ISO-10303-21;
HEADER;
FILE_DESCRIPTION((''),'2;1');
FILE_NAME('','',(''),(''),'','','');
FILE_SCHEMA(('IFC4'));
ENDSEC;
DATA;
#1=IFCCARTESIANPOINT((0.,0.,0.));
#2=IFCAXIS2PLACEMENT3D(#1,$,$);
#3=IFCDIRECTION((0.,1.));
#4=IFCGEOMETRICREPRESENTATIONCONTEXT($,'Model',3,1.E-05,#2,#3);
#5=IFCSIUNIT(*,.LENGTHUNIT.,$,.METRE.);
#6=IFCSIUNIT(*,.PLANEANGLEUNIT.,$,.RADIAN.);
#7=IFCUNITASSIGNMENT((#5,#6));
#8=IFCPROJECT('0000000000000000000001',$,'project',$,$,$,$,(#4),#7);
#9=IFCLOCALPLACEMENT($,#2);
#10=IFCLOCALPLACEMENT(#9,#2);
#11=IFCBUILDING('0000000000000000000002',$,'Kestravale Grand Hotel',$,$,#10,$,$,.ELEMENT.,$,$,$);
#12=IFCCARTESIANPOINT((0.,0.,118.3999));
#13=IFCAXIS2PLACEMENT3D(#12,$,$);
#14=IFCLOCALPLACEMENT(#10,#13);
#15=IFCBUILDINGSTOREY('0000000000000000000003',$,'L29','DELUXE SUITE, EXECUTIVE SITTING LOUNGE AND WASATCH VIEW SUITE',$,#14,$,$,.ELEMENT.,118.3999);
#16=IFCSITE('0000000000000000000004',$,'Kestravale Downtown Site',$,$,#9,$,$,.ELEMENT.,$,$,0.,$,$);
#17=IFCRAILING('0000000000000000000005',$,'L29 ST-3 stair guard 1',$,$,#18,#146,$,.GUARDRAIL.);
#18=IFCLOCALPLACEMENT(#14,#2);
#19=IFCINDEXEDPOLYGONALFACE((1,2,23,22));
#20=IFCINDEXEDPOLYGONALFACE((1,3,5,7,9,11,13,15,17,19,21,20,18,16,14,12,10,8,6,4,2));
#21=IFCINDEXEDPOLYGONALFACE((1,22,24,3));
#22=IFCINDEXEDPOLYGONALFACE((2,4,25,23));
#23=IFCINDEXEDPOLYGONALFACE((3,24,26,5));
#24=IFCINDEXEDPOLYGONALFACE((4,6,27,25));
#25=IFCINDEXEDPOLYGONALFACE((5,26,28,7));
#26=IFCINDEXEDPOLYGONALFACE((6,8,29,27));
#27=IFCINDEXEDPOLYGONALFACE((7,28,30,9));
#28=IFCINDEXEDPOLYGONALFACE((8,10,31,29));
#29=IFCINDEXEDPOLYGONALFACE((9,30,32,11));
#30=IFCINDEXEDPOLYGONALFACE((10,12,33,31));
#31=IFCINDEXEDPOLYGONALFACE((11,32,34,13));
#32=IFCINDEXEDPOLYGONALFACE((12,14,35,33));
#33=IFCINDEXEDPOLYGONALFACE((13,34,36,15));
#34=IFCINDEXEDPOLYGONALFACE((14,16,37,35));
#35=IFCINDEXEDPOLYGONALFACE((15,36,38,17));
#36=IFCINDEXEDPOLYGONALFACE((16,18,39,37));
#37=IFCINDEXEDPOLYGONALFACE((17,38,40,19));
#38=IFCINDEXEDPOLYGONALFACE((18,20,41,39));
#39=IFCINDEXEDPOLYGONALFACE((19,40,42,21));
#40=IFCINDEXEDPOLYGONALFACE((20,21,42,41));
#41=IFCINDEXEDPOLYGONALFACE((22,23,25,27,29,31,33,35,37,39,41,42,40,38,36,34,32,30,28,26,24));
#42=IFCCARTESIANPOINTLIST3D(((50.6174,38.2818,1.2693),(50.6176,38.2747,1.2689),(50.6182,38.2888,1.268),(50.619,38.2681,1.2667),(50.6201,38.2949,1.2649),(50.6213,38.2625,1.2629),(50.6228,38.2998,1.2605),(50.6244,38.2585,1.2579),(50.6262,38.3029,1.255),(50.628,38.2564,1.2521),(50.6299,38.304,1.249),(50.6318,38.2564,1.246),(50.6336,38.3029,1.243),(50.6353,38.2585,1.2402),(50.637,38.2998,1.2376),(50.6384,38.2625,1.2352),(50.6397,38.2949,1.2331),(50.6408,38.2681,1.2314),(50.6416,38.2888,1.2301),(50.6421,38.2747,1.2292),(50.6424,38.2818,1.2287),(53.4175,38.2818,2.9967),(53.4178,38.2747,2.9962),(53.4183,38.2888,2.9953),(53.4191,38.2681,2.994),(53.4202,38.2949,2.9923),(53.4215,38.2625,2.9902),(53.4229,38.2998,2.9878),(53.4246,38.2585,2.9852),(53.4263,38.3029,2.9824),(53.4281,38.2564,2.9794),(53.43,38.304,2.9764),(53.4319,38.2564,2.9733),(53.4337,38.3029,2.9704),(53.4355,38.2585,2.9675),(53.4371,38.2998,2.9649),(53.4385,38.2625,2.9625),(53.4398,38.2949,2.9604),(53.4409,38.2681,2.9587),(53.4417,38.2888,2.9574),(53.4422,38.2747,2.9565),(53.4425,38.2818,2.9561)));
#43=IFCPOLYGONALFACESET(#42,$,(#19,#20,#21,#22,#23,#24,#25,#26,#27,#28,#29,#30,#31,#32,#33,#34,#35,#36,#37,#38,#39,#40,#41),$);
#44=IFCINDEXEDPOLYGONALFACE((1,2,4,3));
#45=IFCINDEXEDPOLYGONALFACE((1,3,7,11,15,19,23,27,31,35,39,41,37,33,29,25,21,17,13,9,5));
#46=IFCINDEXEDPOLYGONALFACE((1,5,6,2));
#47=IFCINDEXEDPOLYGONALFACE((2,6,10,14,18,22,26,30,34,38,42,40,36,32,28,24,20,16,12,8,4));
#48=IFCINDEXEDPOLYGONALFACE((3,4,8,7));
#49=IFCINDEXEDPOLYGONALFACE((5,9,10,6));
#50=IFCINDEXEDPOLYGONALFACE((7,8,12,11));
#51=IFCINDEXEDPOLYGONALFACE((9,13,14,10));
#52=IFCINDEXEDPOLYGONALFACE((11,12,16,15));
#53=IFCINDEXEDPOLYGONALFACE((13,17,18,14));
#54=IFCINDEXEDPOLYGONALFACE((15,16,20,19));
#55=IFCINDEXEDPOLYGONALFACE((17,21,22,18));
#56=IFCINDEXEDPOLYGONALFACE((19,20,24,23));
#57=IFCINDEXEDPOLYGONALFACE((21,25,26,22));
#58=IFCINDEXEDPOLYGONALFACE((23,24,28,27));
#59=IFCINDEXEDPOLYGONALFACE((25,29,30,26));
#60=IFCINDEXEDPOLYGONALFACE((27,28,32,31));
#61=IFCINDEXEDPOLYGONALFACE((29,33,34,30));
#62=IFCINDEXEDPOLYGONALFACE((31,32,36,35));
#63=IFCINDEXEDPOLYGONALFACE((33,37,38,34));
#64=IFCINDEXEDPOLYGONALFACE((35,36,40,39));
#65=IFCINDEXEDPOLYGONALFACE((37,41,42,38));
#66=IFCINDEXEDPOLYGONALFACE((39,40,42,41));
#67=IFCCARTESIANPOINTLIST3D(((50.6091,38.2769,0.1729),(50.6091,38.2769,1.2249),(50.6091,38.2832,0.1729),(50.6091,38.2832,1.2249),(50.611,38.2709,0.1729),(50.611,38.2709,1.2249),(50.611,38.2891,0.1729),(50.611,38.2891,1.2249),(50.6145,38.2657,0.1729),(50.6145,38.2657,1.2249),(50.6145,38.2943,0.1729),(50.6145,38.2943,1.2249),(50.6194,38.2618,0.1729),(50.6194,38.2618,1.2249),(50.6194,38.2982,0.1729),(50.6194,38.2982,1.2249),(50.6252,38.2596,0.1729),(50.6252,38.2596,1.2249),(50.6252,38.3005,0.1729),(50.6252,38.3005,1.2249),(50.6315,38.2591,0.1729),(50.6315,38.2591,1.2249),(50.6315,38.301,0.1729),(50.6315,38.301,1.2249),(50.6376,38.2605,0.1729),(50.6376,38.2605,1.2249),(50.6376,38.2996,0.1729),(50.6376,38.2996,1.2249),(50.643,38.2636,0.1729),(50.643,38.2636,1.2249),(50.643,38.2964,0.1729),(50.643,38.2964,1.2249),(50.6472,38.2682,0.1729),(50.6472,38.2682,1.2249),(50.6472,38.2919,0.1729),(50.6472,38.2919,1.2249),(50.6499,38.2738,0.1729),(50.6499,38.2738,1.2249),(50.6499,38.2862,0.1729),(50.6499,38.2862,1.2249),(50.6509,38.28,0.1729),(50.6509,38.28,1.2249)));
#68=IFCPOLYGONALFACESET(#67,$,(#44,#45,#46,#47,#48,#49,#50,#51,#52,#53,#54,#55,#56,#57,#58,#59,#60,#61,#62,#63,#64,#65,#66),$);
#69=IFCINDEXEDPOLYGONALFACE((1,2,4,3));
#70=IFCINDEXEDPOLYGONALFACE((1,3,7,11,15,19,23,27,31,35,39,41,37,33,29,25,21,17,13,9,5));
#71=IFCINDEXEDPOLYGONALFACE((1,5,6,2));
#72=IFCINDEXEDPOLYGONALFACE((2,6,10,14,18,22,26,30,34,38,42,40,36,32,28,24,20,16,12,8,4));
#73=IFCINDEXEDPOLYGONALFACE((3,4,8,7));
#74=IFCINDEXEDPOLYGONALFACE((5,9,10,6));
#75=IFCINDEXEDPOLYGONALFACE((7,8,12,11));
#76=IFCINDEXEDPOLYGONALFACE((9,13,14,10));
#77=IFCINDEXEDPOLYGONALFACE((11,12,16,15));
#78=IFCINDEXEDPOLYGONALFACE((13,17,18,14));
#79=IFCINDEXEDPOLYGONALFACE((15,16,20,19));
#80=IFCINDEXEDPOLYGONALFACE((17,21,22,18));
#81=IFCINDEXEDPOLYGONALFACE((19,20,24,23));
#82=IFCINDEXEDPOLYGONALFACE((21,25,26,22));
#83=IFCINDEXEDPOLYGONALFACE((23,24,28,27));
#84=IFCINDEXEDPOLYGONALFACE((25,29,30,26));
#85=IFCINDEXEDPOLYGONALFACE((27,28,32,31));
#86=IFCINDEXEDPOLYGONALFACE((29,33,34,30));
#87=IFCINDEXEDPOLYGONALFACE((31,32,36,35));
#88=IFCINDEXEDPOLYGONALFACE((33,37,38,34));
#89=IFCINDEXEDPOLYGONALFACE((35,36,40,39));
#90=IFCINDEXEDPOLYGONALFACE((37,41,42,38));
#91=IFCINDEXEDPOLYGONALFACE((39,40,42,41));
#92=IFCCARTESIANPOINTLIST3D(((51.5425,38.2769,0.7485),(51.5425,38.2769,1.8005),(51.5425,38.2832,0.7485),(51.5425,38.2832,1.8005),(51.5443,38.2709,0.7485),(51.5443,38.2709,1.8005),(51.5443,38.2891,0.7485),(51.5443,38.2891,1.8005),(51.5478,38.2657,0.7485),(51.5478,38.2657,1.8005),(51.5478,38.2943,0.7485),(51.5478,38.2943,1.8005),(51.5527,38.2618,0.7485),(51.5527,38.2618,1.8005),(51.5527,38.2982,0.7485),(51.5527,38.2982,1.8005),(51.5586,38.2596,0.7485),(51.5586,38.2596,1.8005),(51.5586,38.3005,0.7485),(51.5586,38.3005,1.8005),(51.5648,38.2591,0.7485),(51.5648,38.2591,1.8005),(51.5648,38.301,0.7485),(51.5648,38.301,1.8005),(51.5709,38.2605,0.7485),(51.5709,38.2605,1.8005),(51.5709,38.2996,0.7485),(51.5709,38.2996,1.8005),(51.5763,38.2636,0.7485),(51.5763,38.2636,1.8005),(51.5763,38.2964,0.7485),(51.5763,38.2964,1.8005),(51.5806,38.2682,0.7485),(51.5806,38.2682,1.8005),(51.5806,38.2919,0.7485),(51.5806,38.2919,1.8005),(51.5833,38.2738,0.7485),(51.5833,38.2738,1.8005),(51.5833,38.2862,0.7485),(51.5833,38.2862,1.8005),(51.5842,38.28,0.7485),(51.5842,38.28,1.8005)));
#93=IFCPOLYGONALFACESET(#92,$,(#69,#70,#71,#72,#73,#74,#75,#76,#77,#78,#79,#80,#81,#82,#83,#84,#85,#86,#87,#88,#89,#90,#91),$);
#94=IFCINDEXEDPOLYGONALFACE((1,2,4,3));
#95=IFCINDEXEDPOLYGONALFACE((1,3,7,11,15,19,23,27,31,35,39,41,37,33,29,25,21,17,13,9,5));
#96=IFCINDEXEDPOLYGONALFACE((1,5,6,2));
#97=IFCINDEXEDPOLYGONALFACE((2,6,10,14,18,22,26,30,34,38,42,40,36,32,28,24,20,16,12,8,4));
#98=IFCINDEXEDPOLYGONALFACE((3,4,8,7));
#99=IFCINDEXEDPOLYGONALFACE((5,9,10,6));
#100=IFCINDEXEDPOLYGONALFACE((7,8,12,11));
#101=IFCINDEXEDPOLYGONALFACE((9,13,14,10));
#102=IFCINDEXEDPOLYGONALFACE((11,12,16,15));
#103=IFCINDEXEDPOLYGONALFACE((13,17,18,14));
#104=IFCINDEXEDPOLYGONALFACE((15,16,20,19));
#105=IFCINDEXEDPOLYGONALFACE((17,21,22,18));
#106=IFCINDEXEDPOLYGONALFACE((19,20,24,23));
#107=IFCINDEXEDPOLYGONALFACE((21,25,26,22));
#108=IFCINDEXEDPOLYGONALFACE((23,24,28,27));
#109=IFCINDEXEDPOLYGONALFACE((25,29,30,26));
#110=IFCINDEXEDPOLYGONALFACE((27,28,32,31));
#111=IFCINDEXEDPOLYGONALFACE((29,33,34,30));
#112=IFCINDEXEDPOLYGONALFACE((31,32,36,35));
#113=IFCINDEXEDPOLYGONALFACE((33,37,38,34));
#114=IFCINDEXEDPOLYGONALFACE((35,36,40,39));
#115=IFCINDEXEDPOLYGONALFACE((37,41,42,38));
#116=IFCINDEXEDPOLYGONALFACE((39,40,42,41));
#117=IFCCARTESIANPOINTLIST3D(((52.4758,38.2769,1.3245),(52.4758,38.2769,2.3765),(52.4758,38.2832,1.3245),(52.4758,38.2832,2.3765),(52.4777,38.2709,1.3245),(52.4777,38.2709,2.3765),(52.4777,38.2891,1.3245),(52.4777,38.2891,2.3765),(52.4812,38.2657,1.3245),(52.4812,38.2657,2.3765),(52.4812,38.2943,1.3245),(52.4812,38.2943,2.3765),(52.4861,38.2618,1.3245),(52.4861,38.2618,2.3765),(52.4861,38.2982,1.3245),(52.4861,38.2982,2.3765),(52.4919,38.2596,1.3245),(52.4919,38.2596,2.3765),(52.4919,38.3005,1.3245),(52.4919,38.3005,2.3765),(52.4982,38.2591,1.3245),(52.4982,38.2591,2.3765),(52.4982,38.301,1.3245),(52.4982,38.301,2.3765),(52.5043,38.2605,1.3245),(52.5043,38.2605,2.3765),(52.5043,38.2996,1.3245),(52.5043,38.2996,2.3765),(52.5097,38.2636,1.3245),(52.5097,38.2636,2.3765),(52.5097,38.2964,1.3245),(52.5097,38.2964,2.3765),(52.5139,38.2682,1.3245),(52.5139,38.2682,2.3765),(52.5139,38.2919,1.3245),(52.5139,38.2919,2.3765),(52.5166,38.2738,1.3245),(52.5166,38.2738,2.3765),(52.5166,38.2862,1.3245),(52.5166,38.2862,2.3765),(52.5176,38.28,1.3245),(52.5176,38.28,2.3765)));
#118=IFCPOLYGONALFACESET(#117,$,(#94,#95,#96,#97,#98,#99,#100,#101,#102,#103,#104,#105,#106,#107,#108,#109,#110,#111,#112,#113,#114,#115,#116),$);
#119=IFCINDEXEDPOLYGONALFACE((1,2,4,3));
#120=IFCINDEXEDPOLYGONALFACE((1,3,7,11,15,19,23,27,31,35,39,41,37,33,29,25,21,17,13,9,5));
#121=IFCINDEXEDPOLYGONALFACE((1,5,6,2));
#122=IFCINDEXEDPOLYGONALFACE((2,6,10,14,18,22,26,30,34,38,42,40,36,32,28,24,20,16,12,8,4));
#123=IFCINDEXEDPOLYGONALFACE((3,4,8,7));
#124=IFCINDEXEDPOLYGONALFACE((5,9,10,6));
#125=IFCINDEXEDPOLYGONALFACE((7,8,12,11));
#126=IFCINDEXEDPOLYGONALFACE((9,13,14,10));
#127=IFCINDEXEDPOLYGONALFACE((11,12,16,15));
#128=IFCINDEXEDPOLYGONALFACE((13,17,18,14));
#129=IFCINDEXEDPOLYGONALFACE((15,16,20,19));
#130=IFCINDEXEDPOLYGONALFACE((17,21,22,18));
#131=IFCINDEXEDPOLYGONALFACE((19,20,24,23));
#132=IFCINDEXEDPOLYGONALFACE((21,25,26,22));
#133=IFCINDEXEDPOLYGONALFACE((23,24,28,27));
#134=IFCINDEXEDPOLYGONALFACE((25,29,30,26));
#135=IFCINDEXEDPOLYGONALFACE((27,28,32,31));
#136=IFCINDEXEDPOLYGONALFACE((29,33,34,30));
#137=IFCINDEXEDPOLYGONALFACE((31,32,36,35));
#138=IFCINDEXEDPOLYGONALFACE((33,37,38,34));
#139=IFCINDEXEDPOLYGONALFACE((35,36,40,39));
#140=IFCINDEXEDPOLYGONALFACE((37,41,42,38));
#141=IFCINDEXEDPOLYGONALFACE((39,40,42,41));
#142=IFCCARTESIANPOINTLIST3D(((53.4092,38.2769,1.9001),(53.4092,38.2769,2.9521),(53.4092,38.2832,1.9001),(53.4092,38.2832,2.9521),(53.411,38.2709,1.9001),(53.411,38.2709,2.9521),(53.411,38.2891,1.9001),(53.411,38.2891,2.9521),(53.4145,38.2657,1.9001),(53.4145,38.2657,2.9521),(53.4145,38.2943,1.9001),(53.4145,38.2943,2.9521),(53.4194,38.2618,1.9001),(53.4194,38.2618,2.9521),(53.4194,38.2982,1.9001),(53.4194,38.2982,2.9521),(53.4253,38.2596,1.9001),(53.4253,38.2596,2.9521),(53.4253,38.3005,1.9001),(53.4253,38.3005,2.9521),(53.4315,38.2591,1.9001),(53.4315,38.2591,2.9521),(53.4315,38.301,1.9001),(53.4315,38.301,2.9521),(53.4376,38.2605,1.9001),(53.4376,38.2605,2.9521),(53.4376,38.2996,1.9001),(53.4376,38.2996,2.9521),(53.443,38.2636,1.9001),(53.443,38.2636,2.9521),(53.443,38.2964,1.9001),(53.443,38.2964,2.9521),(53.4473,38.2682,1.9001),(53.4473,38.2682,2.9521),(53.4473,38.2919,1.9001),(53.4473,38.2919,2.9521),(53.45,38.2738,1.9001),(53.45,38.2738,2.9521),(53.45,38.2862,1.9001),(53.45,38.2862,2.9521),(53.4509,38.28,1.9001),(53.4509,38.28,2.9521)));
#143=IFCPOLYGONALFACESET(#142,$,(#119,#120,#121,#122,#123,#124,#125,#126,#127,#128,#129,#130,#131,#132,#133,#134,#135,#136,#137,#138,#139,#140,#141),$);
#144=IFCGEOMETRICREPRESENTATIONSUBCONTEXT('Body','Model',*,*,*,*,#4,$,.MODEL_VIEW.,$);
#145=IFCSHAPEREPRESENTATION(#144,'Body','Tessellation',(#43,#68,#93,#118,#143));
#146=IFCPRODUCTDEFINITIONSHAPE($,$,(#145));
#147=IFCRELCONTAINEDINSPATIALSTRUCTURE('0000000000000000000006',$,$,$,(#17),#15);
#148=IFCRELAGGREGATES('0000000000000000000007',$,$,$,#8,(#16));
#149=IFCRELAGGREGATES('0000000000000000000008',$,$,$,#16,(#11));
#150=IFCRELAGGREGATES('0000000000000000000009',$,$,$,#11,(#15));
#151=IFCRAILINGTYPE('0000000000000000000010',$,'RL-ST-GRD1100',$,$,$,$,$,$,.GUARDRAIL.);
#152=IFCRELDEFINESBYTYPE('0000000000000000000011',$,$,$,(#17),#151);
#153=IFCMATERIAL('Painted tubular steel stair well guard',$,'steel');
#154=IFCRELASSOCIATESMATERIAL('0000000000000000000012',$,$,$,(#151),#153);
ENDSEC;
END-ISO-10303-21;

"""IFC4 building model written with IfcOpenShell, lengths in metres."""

from ifc_helpers import new_model, si_unit, direction, frame, origin, origin_2d, place, context, subcontext, project, spatial, circle, extrude, material, type_object, element, save


model = new_model("IFC4")

# Units and contexts
model_context = context("Model", 3, precision=1e-05, world=origin(), true_north=direction((0.0, 1.0)))
body_context = subcontext(model_context, "Body", "Model", "MODEL_VIEW")
ifc_project = project(units=[si_unit("LENGTHUNIT", "METRE"), si_unit("PLANEANGLEUNIT", "RADIAN")], contexts=[model_context])

# Site, building, storey
site_placement = place(None, origin())
site = spatial("IfcSite", under=ifc_project, at=site_placement, Name="Kestravale Downtown Site", CompositionType="ELEMENT", RefElevation=0.0)
building_placement = place(site_placement, origin())
building = spatial("IfcBuilding", under=site, at=building_placement, Name="Kestravale Grand Hotel", CompositionType="ELEMENT")
storey_placement = place(building_placement, frame((0.0, 0.0, 118.3999)))
storey = spatial("IfcBuildingStorey", under=building, at=storey_placement, Name="L29", Description="DELUXE SUITE, EXECUTIVE SITTING LOUNGE AND WASATCH VIEW SUITE", CompositionType="ELEMENT", Elevation=118.3999)

# Railing
ifc_material_1 = material(Name="Painted tubular steel stair well guard", Category="steel")
railing_type_1 = type_object("IfcRailingType", Name="RL-ST-GRD1100", PredefinedType="GUARDRAIL", material=ifc_material_1)
railing_1_placement = place(storey_placement, frame((50.6299, 38.28, 0.1729)))
element("IfcRailing", 1, at=railing_1_placement, inside=storey, type_object=railing_type_1, Name="L29 ST-3 stair guard 1", PredefinedType="GUARDRAIL", context=body_context, shape_type="SweptSolid", body=[
    extrude(circle(Radius=0.0239, at=origin_2d()), frame((0.0, 0.0, 1.0762), z_axis=(0.85109, 0.0, 0.52502), x_axis=(0.0, 1.0, 0.0)), (0.0, 0.0, 1.0), 3.29),
    extrude(circle(Radius=0.021, at=origin_2d()), origin(), (0.0, 0.0, 1.0), 1.052),
    extrude(circle(Radius=0.021, at=origin_2d()), frame((0.9333, 0.0, 0.5757)), (0.0, 0.0, 1.0), 1.052),
    extrude(circle(Radius=0.021, at=origin_2d()), frame((1.8667, 0.0, 1.1516)), (0.0, 0.0, 1.0), 1.052),
    extrude(circle(Radius=0.021, at=origin_2d()), frame((2.8, 0.0, 1.7273)), (0.0, 0.0, 1.0), 1.052),
])

save(model, "model.ifc")
